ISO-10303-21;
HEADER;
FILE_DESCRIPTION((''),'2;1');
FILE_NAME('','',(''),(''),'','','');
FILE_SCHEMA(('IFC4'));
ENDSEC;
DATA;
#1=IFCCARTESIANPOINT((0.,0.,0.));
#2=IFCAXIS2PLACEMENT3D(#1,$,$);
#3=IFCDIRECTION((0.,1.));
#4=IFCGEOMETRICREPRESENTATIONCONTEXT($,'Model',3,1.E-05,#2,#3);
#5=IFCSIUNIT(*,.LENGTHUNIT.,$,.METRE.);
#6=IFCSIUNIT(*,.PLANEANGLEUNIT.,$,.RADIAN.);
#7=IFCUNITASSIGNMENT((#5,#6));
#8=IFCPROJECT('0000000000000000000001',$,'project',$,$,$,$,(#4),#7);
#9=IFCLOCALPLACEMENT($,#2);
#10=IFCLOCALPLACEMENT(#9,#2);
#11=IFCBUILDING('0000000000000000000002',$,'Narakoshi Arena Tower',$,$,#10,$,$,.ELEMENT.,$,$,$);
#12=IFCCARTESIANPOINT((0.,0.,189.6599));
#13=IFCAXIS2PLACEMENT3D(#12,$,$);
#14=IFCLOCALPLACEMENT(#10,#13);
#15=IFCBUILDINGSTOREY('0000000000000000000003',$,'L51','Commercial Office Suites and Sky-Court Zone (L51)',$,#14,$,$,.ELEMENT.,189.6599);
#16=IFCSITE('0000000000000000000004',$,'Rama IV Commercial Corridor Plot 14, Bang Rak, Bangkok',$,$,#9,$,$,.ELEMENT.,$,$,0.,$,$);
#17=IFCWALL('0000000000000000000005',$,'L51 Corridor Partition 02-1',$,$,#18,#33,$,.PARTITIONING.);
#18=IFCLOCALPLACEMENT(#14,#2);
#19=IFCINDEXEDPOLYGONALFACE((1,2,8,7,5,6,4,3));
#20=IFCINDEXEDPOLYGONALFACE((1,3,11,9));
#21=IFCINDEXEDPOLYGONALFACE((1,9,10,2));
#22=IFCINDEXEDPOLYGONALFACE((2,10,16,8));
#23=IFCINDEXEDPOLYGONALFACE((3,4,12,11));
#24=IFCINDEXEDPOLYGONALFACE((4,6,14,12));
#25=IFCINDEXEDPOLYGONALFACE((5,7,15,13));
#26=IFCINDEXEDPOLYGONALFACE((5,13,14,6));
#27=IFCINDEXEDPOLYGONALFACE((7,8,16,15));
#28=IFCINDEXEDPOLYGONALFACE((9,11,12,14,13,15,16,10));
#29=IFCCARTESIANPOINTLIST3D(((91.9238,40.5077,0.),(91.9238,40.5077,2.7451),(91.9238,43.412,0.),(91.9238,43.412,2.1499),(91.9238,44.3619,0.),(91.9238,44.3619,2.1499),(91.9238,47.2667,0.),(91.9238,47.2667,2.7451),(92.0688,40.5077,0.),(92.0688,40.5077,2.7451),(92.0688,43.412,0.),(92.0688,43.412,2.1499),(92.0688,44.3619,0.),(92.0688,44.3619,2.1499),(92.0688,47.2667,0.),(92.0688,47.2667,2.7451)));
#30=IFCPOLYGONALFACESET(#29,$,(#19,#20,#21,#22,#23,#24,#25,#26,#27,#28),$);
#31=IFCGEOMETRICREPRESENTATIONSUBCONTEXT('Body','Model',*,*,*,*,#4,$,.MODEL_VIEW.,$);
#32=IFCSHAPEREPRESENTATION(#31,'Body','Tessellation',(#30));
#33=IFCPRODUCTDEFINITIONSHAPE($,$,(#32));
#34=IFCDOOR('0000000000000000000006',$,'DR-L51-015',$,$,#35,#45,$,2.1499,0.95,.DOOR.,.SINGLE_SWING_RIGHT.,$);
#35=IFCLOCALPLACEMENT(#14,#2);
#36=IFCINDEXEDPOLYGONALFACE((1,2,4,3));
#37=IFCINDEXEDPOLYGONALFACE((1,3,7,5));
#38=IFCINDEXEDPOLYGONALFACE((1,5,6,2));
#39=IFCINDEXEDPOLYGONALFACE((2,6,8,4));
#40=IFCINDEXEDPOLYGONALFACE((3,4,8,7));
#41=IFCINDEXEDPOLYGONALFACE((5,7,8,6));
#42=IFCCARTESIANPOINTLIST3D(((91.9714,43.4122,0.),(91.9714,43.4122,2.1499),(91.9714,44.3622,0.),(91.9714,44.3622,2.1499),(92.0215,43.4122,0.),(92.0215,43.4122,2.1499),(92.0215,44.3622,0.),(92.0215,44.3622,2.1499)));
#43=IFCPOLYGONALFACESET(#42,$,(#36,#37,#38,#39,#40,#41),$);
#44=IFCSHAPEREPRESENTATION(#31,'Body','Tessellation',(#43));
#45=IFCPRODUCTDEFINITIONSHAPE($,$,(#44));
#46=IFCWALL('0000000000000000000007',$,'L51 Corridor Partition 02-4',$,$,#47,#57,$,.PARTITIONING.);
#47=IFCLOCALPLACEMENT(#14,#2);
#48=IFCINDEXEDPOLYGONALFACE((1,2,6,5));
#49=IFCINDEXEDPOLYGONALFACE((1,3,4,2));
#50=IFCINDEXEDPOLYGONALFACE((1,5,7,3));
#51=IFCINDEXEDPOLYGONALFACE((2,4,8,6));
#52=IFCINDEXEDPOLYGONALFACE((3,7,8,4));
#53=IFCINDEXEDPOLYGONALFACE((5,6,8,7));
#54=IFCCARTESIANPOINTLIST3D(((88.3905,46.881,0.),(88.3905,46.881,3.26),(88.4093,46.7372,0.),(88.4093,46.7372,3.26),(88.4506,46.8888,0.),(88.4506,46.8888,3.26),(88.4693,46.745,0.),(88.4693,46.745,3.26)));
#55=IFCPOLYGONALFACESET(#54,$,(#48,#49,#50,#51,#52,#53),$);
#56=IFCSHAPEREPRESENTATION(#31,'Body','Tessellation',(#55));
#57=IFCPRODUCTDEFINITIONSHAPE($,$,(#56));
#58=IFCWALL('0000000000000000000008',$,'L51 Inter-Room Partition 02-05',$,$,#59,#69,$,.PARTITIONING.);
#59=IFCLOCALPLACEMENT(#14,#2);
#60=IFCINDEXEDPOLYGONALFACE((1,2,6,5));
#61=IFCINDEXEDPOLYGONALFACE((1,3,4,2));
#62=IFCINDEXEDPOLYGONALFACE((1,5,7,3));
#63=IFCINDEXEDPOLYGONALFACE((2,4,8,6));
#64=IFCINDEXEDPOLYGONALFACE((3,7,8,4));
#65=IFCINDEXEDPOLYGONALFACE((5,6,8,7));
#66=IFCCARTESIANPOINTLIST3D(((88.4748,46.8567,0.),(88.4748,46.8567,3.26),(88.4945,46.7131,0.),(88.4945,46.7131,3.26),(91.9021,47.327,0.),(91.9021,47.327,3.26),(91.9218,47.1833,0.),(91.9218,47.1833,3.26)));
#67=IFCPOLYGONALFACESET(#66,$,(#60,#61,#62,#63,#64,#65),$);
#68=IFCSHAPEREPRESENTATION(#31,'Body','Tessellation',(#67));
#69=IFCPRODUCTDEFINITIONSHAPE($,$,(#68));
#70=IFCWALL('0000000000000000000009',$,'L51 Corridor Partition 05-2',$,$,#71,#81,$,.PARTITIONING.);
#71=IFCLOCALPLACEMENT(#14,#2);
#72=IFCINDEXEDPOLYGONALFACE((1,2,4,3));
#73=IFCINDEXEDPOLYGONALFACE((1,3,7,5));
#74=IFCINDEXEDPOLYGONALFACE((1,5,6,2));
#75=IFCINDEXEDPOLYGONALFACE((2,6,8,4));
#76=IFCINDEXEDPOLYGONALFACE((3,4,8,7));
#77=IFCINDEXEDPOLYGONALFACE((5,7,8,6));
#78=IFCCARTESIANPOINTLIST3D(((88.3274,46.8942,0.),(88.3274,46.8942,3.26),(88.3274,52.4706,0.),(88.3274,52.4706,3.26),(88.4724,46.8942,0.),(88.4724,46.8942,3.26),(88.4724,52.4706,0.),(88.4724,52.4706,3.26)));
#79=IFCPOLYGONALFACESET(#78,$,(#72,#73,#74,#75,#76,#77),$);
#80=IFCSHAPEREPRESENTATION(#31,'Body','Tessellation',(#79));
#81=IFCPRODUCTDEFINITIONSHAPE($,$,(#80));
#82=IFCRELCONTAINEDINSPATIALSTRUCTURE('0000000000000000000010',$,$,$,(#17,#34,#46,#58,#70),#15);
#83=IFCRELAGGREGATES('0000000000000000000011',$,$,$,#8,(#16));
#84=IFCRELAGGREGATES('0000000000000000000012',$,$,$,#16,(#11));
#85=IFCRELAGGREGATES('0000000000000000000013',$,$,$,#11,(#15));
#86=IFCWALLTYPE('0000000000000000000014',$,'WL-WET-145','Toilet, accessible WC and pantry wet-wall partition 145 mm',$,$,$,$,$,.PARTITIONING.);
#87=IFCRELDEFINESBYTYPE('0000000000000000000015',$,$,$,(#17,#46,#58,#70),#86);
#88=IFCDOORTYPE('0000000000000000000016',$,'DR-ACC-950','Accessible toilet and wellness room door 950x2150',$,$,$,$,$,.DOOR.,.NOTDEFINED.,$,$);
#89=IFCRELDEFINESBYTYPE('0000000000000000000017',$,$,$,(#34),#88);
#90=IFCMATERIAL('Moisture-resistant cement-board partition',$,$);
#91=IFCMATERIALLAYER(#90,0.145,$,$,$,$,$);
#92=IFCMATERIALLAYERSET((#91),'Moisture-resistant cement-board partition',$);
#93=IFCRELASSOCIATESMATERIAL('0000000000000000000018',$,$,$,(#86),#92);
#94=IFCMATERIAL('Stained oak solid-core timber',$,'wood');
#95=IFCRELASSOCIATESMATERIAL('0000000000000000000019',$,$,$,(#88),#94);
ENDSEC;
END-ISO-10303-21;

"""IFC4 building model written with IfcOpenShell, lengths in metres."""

from ifc_helpers import new_model, si_unit, direction, frame, frame_2d, origin, place, context, subcontext, project, spatial, rectangle, extrude, material, layer, layer_set, type_object, element, fill, save


model = new_model("IFC4")

# Units and contexts
model_context = context("Model", 3, precision=1e-05, world=origin(), true_north=direction((0.0, 1.0)))
body_context = subcontext(model_context, "Body", "Model", "MODEL_VIEW")
ifc_project = project(units=[si_unit("LENGTHUNIT", "METRE"), si_unit("PLANEANGLEUNIT", "RADIAN")], contexts=[model_context])

# Site, building, storey
site_placement = place(None, origin())
site = spatial("IfcSite", under=ifc_project, at=site_placement, Name="Rama IV Commercial Corridor Plot 14, Bang Rak, Bangkok", CompositionType="ELEMENT", RefElevation=0.0)
building_placement = place(site_placement, origin())
building = spatial("IfcBuilding", under=site, at=building_placement, Name="Narakoshi Arena Tower", CompositionType="ELEMENT")
storey_placement = place(building_placement, frame((0.0, 0.0, 189.6599)))
storey = spatial("IfcBuildingStorey", under=building, at=storey_placement, Name="L51", Description="Commercial Office Suites and Sky-Court Zone (L51)", CompositionType="ELEMENT", Elevation=189.6599)

# Shared definitions
ifc_material_1 = material(Name="Stained oak solid-core timber", Category="wood")

# Wall, opening, door
ifc_material_2 = material(Name="Moisture-resistant cement-board partition")
ifc_layer_1 = layer(ifc_material_2, 0.145)
ifc_layer_set_1 = layer_set([ifc_layer_1], Name="Moisture-resistant cement-board partition")
wall_type_1 = type_object("IfcWallType", Name="WL-WET-145", Description="Toilet, accessible WC and pantry wet-wall partition 145 mm", PredefinedType="PARTITIONING", material=ifc_layer_set_1)
wall_1_placement = place(storey_placement, frame((91.9963, 47.2666, 0.0), z_axis=(0.0, 0.0, 1.0), x_axis=(0.0, -1.0, 0.0)))
wall_1 = element("IfcWall", 1, at=wall_1_placement, inside=storey, type_object=wall_type_1, Name="L51 Corridor Partition 02-1", PredefinedType="PARTITIONING", context=body_context, shape_type="SweptSolid", body=[
    extrude(rectangle(XDim=6.759, YDim=0.145, at=frame_2d((3.3794, 0.0))), origin(), (0.0, 0.0, 1.0), 2.7451),
])
opening_1_placement = place(wall_1_placement, frame((2.9045, 0.0, 0.0)))
opening_1 = element("IfcOpeningElement", 2, at=opening_1_placement, cuts=wall_1, PredefinedType="OPENING", context=body_context, shape_type="SweptSolid", body=[
    extrude(rectangle(XDim=0.95, YDim=2.1499, at=frame_2d((0.4751, 1.075))), frame((0.0, 0.0825, 0.0), z_axis=(0.0, -1.0, 0.0), x_axis=(1.0, 0.0, 0.0)), (0.0, 0.0, 1.0), 0.165),
])
door_type_1 = type_object("IfcDoorType", Name="DR-ACC-950", Description="Accessible toilet and wellness room door 950x2150", OperationType="NOTDEFINED", PredefinedType="DOOR", material=ifc_material_1)
door_1_placement = place(opening_1_placement, frame((0.95, 0.0, 0.0), z_axis=(0.0, 0.0, 1.0), x_axis=(-1.0, 0.0, 0.0)))
door_1 = element("IfcDoor", 3, at=door_1_placement, inside=storey, type_object=door_type_1, Name="DR-L51-015", OperationType="SINGLE_SWING_RIGHT", OverallHeight=2.1499, OverallWidth=0.95, PredefinedType="DOOR", context=body_context, shape_type="SweptSolid", body=[
    extrude(rectangle(XDim=0.95, YDim=2.1499, at=frame_2d((0.4751, 1.075))), frame((0.0, 0.0249, 0.0), z_axis=(0.0, -1.0, 0.0), x_axis=(1.0, 0.0, 0.0)), (0.0, 0.0, 1.0), 0.05),
])
fill(opening_1, door_1)

# Walls
wall_2_placement = place(storey_placement, frame((88.3999, 46.8091, 0.0), z_axis=(0.0, 0.0, 1.0), x_axis=(0.991645, 0.128995, 0.0)))
element("IfcWall", 4, at=wall_2_placement, inside=storey, type_object=wall_type_1, Name="L51 Corridor Partition 02-4", PredefinedType="PARTITIONING", context=body_context, shape_type="SweptSolid", body=[
    extrude(rectangle(XDim=0.0605, YDim=0.145, at=frame_2d((0.0303, 0.0))), origin(), (0.0, 0.0, 1.0), 3.26),
])
wall_3_placement = place(storey_placement, frame((88.4846, 46.7849, 0.0), z_axis=(0.0, 0.0, 1.0), x_axis=(0.990719, 0.135926, 0.0)))
element("IfcWall", 5, at=wall_3_placement, inside=storey, type_object=wall_type_1, Name="L51 Inter-Room Partition 02-05", PredefinedType="PARTITIONING", context=body_context, shape_type="SweptSolid", body=[
    extrude(rectangle(XDim=3.4595, YDim=0.145, at=frame_2d((1.7297, 0.0))), origin(), (0.0, 0.0, 1.0), 3.26),
])
wall_4_placement = place(storey_placement, frame((88.3999, 46.8943, 0.0), z_axis=(0.0, 0.0, 1.0), x_axis=(0.0, 1.0, 0.0)))
element("IfcWall", 6, at=wall_4_placement, inside=storey, type_object=wall_type_1, Name="L51 Corridor Partition 05-2", PredefinedType="PARTITIONING", context=body_context, shape_type="SweptSolid", body=[
    extrude(rectangle(XDim=5.5764, YDim=0.145, at=frame_2d((2.7881, 0.0))), origin(), (0.0, 0.0, 1.0), 3.26),
])

save(model, "model.ifc")
